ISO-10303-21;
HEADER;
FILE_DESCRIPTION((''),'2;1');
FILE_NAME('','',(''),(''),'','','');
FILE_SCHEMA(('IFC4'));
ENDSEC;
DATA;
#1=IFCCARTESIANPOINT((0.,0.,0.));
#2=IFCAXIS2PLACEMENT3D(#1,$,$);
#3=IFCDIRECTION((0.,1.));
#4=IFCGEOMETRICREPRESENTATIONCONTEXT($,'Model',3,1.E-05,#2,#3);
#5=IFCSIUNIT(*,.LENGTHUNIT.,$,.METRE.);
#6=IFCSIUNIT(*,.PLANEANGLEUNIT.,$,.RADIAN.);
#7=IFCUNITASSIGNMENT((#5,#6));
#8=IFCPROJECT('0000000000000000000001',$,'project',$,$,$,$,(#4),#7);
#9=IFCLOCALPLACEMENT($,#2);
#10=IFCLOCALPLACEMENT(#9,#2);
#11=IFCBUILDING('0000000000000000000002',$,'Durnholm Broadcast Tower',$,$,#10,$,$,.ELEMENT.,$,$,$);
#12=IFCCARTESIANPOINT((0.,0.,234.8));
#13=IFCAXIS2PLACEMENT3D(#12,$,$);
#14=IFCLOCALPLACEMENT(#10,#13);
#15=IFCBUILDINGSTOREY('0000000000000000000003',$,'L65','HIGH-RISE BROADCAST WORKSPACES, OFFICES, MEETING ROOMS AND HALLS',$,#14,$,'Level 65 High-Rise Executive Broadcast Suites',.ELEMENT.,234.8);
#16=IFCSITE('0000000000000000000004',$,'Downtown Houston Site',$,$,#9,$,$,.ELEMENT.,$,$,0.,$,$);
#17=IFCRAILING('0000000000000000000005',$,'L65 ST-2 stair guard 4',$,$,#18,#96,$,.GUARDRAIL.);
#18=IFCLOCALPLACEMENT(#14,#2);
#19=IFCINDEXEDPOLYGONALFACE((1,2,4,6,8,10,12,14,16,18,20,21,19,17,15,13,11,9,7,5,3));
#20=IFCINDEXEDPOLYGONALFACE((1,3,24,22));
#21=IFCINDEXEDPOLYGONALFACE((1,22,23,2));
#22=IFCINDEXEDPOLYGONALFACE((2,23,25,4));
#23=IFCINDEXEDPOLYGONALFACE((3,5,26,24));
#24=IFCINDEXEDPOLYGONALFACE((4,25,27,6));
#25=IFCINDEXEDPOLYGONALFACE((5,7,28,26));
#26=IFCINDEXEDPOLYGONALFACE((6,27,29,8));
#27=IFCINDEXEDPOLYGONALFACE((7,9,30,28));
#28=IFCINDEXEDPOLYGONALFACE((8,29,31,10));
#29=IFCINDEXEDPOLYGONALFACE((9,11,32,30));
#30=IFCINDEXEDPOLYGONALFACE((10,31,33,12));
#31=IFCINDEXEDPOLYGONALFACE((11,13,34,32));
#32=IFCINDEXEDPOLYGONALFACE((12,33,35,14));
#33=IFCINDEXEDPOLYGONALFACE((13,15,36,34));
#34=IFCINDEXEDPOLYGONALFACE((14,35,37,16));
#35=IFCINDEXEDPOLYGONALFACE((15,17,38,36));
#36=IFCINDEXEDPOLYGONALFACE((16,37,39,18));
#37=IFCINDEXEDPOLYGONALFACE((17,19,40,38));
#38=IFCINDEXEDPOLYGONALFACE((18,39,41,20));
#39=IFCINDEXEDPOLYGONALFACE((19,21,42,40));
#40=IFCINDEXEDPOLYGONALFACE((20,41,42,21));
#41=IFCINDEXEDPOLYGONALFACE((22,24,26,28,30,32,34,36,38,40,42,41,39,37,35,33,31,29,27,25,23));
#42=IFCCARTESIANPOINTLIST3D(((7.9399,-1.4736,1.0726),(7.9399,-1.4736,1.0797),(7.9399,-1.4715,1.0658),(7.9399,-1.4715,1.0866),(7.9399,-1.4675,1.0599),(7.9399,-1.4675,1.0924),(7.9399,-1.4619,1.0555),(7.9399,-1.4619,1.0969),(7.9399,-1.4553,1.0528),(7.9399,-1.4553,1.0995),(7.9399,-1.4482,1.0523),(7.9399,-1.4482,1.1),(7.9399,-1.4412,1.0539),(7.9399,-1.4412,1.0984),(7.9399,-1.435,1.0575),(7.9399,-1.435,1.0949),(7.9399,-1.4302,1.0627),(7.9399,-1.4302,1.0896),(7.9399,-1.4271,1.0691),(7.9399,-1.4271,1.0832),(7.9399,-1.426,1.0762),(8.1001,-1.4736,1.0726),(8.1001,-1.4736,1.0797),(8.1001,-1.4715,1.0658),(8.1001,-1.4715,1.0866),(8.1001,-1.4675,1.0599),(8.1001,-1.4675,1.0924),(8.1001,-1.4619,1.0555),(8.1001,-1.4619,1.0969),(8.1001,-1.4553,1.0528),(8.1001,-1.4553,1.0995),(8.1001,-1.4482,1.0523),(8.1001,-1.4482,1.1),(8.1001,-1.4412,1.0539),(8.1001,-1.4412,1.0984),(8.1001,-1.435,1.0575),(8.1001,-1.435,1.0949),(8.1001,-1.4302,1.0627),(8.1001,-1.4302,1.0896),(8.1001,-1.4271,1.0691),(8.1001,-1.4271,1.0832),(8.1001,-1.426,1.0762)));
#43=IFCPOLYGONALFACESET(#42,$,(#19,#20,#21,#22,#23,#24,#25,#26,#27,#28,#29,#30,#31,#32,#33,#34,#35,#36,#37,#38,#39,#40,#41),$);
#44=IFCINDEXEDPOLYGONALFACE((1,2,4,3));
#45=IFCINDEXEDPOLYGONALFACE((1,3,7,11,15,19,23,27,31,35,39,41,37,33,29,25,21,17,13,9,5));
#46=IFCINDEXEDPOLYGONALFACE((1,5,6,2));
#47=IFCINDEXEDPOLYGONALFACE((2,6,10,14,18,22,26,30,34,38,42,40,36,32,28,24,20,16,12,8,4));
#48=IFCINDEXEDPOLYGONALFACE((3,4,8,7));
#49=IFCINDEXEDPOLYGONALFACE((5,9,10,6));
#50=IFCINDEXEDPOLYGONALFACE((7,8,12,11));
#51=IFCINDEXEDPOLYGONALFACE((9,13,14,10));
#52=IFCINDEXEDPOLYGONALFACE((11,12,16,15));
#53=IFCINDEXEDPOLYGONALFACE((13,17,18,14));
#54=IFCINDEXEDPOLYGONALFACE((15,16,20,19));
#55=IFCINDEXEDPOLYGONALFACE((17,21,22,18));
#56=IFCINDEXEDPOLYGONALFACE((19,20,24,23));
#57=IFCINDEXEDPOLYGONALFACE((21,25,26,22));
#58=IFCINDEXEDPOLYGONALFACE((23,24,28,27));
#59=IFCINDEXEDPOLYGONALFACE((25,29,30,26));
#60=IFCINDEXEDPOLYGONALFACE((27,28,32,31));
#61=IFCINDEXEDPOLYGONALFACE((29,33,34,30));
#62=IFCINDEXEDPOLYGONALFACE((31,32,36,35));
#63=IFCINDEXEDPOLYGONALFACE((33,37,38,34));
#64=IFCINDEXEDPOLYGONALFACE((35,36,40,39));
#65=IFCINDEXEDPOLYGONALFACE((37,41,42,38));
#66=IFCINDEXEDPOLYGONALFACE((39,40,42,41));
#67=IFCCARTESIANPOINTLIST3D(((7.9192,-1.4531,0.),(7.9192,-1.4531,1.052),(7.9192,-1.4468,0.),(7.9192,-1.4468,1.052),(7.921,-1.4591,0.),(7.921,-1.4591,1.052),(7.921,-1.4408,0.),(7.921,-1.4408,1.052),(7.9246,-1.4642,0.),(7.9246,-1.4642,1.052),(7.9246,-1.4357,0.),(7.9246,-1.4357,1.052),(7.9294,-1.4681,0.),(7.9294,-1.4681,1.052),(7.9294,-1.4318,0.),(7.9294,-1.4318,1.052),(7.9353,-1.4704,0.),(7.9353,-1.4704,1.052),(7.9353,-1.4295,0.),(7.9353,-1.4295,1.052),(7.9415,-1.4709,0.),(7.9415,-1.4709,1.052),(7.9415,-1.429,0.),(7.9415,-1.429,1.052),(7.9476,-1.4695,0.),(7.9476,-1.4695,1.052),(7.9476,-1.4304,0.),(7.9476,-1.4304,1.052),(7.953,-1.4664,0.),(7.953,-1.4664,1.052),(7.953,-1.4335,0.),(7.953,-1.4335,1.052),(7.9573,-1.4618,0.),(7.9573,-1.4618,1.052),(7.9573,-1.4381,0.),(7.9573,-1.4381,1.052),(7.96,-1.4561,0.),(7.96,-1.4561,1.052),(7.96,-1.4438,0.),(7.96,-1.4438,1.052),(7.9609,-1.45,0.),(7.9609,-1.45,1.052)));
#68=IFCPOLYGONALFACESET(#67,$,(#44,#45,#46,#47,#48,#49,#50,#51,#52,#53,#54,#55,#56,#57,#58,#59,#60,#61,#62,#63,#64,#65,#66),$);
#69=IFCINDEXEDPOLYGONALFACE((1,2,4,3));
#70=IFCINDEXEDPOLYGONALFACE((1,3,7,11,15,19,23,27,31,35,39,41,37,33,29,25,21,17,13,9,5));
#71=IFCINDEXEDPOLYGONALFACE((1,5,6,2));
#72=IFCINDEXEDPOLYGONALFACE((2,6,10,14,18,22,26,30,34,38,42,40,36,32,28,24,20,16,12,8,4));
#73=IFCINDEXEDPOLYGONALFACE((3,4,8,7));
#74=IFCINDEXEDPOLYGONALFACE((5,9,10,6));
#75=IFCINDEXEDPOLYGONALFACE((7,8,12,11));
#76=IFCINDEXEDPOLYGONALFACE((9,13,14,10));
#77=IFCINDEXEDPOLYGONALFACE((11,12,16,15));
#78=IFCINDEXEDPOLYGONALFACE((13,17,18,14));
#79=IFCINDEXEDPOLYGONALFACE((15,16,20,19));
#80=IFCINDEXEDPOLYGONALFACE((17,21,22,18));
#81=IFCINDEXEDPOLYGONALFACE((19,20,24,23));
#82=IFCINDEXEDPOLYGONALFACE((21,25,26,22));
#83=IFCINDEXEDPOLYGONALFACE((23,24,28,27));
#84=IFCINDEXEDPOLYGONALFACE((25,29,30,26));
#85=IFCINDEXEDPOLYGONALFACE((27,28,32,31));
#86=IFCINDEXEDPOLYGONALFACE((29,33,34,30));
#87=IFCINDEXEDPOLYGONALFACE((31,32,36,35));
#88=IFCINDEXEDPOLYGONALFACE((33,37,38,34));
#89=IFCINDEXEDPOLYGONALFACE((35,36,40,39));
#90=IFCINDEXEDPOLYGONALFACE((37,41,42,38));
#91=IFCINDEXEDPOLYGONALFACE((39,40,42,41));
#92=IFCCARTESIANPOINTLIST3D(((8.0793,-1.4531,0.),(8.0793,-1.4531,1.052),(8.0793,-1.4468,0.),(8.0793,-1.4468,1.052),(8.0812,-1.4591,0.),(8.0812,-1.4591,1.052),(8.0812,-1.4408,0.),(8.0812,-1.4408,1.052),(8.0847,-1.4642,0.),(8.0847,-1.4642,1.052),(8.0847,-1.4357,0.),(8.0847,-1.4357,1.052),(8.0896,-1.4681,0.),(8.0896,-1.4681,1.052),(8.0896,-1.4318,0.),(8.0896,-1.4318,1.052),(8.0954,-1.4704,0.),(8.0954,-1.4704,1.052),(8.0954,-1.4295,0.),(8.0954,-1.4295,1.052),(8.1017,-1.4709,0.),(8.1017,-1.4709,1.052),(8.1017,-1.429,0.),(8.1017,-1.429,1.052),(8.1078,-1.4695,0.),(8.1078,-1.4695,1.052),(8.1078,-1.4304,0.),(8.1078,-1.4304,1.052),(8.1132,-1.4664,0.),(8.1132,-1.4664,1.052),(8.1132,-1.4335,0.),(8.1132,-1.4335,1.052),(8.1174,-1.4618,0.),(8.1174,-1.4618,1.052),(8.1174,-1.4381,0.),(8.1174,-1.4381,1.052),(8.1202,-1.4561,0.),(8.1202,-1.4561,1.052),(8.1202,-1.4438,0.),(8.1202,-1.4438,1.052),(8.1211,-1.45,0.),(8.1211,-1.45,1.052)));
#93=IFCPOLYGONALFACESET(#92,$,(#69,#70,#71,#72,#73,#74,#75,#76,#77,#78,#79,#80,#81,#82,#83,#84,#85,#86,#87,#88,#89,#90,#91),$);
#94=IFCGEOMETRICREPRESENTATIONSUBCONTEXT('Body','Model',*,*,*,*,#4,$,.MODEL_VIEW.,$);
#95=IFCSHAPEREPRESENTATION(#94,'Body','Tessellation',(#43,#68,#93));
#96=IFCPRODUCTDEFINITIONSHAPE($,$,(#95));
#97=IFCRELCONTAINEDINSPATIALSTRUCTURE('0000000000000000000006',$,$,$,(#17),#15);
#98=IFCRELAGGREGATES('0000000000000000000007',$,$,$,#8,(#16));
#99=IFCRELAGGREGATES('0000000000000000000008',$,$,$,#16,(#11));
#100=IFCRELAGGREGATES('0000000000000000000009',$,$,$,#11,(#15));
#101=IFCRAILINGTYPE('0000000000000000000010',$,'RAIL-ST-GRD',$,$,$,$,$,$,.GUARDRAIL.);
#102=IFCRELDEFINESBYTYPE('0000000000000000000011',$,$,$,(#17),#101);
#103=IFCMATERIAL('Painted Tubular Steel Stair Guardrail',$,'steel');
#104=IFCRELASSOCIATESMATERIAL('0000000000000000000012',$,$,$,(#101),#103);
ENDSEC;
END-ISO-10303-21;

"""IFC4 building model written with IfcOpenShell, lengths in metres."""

from ifc_helpers import new_model, si_unit, direction, frame, origin, origin_2d, place, context, subcontext, project, spatial, circle, extrude, material, type_object, element, save


model = new_model("IFC4")

# Units and contexts
model_context = context("Model", 3, precision=1e-05, world=origin(), true_north=direction((0.0, 1.0)))
body_context = subcontext(model_context, "Body", "Model", "MODEL_VIEW")
ifc_project = project(units=[si_unit("LENGTHUNIT", "METRE"), si_unit("PLANEANGLEUNIT", "RADIAN")], contexts=[model_context])

# Site, building, storey
site_placement = place(None, origin())
site = spatial("IfcSite", under=ifc_project, at=site_placement, Name="Downtown Houston Site", CompositionType="ELEMENT", RefElevation=0.0)
building_placement = place(site_placement, origin())
building = spatial("IfcBuilding", under=site, at=building_placement, Name="Durnholm Broadcast Tower", CompositionType="ELEMENT")
storey_placement = place(building_placement, frame((0.0, 0.0, 234.8)))
storey = spatial("IfcBuildingStorey", under=building, at=storey_placement, Name="L65", Description="HIGH-RISE BROADCAST WORKSPACES, OFFICES, MEETING ROOMS AND HALLS", LongName="Level 65 High-Rise Executive Broadcast Suites", CompositionType="ELEMENT", Elevation=234.8)

# Railing
ifc_material_1 = material(Name="Painted Tubular Steel Stair Guardrail", Category="steel")
railing_type_1 = type_object("IfcRailingType", Name="RAIL-ST-GRD", PredefinedType="GUARDRAIL", material=ifc_material_1)
railing_1_placement = place(storey_placement, frame((7.9399, -1.45, 0.0)))
element("IfcRailing", 1, at=railing_1_placement, inside=storey, type_object=railing_type_1, Name="L65 ST-2 stair guard 4", PredefinedType="GUARDRAIL", context=body_context, shape_type="SweptSolid", body=[
    extrude(circle(Radius=0.0239, at=origin_2d()), frame((0.0, 0.0, 1.0762), z_axis=(1.0, 0.0, 0.0), x_axis=(0.0, 1.0, 0.0)), (0.0, 0.0, 1.0), 0.1602),
    extrude(circle(Radius=0.021, at=origin_2d()), origin(), (0.0, 0.0, 1.0), 1.052),
    extrude(circle(Radius=0.021, at=origin_2d()), frame((0.1602, 0.0, 0.0)), (0.0, 0.0, 1.0), 1.052),
])

save(model, "model.ifc")
